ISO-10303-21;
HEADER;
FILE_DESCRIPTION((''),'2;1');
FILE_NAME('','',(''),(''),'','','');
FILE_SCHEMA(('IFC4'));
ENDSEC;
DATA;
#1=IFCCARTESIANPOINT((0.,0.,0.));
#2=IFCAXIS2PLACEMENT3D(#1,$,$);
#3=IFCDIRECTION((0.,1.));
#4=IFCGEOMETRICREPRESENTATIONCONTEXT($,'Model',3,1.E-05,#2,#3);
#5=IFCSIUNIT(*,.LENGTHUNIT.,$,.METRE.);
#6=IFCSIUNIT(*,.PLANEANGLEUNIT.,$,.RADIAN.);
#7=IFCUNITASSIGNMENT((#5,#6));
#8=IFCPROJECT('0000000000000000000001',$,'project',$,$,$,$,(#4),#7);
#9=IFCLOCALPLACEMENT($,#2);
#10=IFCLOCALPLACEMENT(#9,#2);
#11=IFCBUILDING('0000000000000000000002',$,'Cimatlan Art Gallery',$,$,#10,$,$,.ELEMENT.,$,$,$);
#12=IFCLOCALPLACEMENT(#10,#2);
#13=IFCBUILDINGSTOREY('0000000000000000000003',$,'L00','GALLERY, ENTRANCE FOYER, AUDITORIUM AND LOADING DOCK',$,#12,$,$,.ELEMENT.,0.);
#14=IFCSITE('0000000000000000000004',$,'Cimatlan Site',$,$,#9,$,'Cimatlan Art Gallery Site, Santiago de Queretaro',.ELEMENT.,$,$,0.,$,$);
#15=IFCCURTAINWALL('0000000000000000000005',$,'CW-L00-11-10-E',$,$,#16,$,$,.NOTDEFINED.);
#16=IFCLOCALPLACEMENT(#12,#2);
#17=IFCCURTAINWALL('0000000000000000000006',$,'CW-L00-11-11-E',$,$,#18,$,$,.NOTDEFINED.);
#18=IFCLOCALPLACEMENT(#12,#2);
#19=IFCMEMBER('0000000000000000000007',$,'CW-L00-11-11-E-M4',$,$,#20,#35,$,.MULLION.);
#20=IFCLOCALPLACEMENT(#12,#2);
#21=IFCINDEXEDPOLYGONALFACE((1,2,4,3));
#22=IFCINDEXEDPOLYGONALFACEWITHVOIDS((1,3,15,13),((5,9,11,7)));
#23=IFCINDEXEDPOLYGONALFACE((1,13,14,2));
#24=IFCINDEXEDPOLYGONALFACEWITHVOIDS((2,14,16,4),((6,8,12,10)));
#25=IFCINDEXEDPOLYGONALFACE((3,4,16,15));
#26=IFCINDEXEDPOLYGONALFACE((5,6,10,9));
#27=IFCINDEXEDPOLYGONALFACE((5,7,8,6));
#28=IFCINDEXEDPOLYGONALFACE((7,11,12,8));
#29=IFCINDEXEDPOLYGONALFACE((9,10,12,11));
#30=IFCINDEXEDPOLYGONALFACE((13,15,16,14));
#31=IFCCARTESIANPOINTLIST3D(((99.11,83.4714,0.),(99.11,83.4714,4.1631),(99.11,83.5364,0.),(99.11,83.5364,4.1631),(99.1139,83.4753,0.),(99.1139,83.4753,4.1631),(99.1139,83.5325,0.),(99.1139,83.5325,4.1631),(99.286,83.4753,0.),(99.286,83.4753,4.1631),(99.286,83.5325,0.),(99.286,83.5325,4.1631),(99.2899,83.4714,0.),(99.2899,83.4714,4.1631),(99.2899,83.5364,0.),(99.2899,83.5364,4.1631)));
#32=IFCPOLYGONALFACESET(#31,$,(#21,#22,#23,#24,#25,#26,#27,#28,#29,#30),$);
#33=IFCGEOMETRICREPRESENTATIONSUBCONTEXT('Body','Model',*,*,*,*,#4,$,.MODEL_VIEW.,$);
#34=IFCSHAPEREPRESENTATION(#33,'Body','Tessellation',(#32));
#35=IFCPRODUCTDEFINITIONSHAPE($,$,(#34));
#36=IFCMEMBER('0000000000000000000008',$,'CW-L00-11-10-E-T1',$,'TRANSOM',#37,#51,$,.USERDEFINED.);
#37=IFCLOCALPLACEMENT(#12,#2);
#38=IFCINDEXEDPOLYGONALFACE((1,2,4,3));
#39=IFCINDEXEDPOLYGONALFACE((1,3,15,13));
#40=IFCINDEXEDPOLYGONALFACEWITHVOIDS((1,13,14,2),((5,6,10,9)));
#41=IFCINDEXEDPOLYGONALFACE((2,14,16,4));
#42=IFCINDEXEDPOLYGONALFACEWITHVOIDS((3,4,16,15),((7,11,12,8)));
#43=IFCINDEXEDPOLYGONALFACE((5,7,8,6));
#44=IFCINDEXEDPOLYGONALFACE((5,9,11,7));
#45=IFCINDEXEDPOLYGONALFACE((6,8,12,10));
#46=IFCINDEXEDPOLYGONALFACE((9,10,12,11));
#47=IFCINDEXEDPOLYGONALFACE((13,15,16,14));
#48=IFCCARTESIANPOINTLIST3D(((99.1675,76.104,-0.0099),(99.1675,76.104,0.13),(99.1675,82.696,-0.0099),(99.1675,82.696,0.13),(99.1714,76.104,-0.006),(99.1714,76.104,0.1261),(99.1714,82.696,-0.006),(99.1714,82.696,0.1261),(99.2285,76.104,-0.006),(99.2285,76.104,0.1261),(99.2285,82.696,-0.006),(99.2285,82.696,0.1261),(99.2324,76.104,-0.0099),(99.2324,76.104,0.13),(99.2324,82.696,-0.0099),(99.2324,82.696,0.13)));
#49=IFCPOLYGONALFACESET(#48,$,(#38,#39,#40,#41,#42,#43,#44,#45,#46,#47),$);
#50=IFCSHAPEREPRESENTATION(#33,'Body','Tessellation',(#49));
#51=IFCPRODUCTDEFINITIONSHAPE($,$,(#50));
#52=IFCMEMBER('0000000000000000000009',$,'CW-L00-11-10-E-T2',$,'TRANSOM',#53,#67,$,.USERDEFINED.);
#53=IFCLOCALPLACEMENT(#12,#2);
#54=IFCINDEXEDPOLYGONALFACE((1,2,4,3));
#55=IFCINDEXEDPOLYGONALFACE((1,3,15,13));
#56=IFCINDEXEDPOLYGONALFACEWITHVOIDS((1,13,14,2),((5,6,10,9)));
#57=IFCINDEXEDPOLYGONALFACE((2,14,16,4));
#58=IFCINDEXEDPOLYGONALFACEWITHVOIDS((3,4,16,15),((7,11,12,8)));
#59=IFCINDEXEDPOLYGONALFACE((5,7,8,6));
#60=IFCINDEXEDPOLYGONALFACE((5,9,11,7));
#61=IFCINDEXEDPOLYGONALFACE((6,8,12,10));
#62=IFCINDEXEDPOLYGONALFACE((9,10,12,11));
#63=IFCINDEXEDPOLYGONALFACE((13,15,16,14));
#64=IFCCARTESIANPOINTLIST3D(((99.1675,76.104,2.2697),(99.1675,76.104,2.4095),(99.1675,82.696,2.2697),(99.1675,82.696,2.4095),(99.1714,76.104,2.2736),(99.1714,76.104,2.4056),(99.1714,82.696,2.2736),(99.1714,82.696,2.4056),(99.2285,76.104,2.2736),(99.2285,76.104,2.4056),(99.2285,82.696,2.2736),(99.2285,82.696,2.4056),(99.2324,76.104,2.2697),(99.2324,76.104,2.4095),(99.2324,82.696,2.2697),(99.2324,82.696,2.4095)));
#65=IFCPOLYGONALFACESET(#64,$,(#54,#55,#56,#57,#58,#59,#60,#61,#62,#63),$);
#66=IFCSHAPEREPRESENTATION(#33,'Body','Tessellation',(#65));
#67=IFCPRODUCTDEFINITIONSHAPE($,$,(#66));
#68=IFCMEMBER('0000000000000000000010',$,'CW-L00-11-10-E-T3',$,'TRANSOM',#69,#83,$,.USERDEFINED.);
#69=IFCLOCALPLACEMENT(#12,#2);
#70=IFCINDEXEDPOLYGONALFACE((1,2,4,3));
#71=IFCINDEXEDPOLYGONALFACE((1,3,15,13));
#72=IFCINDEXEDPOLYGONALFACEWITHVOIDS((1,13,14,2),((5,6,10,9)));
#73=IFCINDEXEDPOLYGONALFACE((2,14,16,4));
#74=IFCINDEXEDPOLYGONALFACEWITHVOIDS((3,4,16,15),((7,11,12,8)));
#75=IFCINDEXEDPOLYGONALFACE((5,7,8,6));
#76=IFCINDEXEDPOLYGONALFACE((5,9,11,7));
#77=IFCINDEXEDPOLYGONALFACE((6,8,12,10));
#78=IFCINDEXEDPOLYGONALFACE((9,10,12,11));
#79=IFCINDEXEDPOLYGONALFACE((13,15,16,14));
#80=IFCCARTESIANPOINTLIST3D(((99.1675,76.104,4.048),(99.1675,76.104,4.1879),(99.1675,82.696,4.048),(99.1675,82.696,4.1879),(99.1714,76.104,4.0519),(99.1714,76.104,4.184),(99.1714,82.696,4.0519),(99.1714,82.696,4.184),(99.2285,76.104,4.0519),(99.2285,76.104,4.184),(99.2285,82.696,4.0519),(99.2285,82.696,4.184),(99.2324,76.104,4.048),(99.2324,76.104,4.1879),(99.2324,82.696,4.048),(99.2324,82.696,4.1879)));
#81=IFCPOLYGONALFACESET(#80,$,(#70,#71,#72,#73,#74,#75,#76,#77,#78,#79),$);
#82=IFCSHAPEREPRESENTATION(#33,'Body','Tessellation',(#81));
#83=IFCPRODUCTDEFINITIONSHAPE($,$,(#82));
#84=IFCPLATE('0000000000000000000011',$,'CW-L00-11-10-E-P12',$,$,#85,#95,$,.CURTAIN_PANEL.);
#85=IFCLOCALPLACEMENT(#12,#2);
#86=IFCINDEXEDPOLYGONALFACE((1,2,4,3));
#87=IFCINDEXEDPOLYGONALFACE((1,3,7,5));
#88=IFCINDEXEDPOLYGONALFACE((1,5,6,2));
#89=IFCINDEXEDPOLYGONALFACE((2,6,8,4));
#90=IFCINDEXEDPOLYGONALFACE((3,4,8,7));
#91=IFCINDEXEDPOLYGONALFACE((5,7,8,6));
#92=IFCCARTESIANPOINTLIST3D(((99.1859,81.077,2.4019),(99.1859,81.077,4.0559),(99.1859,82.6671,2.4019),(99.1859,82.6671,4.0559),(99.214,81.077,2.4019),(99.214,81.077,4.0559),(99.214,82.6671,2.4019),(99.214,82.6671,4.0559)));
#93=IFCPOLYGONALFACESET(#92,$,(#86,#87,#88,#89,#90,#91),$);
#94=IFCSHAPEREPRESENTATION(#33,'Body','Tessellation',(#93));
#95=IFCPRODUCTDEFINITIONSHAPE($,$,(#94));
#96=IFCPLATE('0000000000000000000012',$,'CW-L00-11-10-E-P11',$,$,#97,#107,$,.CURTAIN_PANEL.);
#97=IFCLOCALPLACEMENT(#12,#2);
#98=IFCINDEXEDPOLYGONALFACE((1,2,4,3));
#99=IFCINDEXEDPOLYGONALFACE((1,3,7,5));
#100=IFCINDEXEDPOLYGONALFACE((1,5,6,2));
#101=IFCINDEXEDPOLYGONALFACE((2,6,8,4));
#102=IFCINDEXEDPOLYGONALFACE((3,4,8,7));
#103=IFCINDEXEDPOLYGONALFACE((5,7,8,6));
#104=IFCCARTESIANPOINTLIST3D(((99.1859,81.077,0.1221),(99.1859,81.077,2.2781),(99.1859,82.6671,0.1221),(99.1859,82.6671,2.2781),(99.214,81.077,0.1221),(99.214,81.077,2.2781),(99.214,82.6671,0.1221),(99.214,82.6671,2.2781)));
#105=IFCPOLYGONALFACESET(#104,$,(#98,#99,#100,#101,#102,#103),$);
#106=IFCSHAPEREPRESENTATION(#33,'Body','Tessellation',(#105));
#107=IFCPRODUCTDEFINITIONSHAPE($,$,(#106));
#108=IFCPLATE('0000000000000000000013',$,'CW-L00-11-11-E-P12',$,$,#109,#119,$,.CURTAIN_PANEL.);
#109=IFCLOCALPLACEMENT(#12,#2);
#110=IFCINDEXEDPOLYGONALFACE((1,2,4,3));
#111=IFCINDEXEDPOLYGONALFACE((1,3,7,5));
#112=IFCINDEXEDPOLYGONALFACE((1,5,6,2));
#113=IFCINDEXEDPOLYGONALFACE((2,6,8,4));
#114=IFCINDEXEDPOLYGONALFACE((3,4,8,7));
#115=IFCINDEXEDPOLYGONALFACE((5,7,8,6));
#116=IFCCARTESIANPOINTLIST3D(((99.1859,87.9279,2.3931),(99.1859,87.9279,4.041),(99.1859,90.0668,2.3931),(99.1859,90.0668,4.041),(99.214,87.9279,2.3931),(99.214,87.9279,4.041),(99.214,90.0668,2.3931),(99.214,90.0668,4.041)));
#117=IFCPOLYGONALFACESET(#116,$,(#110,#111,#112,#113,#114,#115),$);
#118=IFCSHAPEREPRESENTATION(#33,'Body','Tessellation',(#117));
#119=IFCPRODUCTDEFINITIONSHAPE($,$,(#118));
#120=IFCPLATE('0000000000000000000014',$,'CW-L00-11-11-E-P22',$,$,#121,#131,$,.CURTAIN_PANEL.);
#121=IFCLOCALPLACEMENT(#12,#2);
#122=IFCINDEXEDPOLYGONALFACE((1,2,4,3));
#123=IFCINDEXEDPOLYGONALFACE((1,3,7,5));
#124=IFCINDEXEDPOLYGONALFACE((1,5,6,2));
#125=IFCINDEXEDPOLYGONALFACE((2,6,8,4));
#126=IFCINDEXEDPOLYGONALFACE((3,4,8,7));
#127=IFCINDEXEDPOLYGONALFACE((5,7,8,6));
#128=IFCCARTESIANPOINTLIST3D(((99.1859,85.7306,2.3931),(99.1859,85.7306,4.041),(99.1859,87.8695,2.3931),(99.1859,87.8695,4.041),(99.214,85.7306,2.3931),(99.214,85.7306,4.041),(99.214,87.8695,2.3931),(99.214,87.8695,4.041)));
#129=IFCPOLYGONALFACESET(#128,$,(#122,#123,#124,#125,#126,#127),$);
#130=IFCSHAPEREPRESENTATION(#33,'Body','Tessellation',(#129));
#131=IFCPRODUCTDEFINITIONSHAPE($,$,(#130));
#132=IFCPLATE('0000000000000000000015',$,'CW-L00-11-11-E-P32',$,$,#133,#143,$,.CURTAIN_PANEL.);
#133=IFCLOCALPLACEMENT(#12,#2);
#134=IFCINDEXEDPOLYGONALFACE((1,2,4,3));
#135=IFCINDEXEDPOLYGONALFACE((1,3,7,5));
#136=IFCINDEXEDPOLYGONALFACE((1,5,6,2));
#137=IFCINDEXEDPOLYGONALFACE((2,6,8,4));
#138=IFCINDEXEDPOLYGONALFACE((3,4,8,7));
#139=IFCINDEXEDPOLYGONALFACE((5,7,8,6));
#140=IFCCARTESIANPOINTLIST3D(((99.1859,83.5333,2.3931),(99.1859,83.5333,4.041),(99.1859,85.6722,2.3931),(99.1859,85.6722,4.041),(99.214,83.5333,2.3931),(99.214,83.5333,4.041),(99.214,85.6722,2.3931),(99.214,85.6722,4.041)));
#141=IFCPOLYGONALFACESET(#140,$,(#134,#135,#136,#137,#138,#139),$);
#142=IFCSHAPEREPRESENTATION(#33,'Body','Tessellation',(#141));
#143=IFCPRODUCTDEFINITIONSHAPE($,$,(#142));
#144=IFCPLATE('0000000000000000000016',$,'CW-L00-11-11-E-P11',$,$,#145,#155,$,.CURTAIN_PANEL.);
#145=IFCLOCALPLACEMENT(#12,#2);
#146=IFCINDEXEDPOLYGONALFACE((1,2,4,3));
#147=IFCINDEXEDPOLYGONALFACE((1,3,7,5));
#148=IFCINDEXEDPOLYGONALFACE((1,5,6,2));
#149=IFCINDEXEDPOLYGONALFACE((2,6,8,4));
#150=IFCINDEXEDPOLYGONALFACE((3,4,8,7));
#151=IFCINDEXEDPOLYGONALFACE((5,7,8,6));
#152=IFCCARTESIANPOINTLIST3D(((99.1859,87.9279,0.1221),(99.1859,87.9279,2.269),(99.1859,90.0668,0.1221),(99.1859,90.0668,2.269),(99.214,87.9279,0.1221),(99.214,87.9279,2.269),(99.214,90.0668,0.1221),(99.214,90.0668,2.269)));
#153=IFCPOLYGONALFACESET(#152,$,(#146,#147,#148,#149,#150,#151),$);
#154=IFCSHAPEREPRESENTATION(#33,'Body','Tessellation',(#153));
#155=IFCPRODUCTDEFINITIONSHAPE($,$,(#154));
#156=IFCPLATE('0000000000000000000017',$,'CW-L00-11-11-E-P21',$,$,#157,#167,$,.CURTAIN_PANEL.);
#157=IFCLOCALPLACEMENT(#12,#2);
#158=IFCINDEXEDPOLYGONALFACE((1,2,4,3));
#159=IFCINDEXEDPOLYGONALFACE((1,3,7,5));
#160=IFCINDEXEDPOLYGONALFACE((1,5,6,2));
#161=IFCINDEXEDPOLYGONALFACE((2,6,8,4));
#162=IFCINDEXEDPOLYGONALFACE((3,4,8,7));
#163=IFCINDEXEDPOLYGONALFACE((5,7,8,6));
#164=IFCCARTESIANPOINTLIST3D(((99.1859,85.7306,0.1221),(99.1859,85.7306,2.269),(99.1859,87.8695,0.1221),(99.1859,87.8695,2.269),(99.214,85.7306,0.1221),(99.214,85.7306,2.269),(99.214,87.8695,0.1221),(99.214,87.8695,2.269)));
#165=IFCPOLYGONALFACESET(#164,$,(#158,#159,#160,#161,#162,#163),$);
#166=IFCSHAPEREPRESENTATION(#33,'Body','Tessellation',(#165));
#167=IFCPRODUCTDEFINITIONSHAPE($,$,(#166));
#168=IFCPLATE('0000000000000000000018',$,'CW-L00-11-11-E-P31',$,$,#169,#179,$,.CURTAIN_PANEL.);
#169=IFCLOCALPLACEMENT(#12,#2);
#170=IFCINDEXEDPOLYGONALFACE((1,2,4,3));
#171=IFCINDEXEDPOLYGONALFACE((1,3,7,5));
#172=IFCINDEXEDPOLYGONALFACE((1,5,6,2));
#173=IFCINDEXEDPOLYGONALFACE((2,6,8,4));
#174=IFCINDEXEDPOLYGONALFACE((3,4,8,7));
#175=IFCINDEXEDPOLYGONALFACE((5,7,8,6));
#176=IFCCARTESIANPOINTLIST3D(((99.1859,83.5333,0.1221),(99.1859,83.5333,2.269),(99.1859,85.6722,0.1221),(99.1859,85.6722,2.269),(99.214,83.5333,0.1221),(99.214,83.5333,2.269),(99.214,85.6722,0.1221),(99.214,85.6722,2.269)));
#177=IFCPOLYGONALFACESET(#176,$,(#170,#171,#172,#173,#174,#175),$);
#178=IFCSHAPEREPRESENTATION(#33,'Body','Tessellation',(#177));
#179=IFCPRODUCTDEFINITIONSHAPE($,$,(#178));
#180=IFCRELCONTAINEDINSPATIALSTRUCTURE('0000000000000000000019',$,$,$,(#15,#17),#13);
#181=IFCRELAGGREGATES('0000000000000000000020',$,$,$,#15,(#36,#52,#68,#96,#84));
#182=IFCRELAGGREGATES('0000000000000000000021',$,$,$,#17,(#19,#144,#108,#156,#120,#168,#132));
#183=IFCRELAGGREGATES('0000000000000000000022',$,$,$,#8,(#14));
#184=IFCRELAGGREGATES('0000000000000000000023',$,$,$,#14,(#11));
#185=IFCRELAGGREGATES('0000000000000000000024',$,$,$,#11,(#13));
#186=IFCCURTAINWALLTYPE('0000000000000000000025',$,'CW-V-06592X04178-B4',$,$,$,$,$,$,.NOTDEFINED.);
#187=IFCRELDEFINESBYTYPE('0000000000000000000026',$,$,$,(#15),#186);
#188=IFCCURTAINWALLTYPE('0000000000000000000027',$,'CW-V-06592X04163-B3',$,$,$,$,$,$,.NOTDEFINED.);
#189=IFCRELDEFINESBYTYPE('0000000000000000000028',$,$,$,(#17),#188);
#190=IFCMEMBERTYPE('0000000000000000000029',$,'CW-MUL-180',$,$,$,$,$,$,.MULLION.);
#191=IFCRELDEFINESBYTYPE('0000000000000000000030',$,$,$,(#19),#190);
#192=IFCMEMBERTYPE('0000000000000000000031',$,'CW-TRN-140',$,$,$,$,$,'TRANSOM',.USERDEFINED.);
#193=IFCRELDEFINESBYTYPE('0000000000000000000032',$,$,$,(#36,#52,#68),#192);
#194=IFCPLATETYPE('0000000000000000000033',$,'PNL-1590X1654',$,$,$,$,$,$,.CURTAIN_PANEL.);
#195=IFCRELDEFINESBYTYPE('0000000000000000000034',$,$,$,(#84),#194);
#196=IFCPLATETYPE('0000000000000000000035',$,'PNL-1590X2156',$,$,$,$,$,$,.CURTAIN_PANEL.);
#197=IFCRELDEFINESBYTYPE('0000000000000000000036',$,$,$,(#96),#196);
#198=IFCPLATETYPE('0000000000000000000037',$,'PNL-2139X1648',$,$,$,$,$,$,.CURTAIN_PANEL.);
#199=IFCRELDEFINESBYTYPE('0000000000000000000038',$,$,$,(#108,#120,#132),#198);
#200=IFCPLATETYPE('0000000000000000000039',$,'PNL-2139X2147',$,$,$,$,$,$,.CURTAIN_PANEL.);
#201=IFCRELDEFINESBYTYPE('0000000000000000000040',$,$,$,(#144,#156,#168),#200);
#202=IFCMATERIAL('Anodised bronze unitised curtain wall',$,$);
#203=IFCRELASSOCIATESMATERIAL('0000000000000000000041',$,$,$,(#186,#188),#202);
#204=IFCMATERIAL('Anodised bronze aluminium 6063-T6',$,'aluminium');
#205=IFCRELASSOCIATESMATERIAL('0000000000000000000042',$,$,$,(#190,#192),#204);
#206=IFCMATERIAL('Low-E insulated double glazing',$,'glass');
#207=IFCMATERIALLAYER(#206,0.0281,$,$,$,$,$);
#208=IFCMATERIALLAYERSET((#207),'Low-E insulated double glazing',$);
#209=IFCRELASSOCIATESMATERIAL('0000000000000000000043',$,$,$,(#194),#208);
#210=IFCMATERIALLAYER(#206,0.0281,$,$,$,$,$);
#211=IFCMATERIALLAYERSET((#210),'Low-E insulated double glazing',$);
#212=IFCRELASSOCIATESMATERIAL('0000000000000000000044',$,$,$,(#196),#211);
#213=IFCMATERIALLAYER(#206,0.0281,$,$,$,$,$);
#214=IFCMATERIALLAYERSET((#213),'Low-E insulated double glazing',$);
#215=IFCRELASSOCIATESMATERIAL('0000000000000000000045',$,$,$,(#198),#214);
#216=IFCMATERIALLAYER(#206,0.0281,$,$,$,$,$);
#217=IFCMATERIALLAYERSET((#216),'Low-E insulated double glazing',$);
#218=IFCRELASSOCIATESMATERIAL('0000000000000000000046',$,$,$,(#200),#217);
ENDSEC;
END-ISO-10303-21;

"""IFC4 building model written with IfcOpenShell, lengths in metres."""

from ifc_helpers import new_model, si_unit, direction, frame, origin, origin_2d, place, context, subcontext, project, spatial, rectangle, hollow_rectangle, extrude, material, layer, layer_set, material_profile, profile_set, type_object, element, aggregate, save


model = new_model("IFC4")

# Units and contexts
model_context = context("Model", 3, precision=1e-05, world=origin(), true_north=direction((0.0, 1.0)))
body_context = subcontext(model_context, "Body", "Model", "MODEL_VIEW")
ifc_project = project(units=[si_unit("LENGTHUNIT", "METRE"), si_unit("PLANEANGLEUNIT", "RADIAN")], contexts=[model_context])

# Site, building, storey
site_placement = place(None, origin())
site = spatial("IfcSite", under=ifc_project, at=site_placement, Name="Cimatlan Site", LongName="Cimatlan Art Gallery Site, Santiago de Queretaro", CompositionType="ELEMENT", RefElevation=0.0)
building_placement = place(site_placement, origin())
building = spatial("IfcBuilding", under=site, at=building_placement, Name="Cimatlan Art Gallery", CompositionType="ELEMENT")
storey_placement = place(building_placement, origin())
storey = spatial("IfcBuildingStorey", under=building, at=storey_placement, Name="L00", Description="GALLERY, ENTRANCE FOYER, AUDITORIUM AND LOADING DOCK", CompositionType="ELEMENT", Elevation=0.0)

# Curtain walls, member
ifc_material_1 = material(Name="Anodised bronze unitised curtain wall")
curtain_wall_type_1 = type_object("IfcCurtainWallType", Name="CW-V-06592X04178-B4", PredefinedType="NOTDEFINED", material=ifc_material_1)
curtain_wall_1_placement = place(storey_placement, origin())
curtain_wall_1 = element("IfcCurtainWall", 1, at=curtain_wall_1_placement, inside=storey, type_object=curtain_wall_type_1, Name="CW-L00-11-10-E", PredefinedType="NOTDEFINED")
ifc_material_2 = material(Name="Anodised bronze aluminium 6063-T6", Category="aluminium")
ifc_material_profile_1 = material_profile(ifc_material_2, hollow_rectangle(XDim=0.0649, YDim=0.1799, WallThickness=0.0039, at=origin_2d()), Name="ALU65X180X4")
ifc_profile_set_1 = profile_set([ifc_material_profile_1], Name="Anodised bronze aluminium 6063-T6")
member_type_1 = type_object("IfcMemberType", Name="CW-MUL-180", PredefinedType="MULLION", material=ifc_profile_set_1)
curtain_wall_type_2 = type_object("IfcCurtainWallType", Name="CW-V-06592X04163-B3", PredefinedType="NOTDEFINED", material=ifc_material_1)
curtain_wall_2_placement = place(storey_placement, origin())
curtain_wall_2 = element("IfcCurtainWall", 2, at=curtain_wall_2_placement, inside=storey, type_object=curtain_wall_type_2, Name="CW-L00-11-11-E", PredefinedType="NOTDEFINED")
member_1_placement = place(storey_placement, frame((99.2, 83.5039, 0.0), z_axis=(0.0, 0.0, 1.0), x_axis=(0.0, 1.0, 0.0)))
member_1 = element("IfcMember", 3, at=member_1_placement, type_object=member_type_1, Name="CW-L00-11-11-E-M4", PredefinedType="MULLION", context=body_context, shape_type="SweptSolid", body=[
    extrude(hollow_rectangle(XDim=0.0649, YDim=0.1799, WallThickness=0.0039, at=origin_2d()), origin(), (0.0, 0.0, 1.0), 4.1631),
])

# Members
ifc_material_profile_2 = material_profile(ifc_material_2, hollow_rectangle(XDim=0.0649, YDim=0.1399, WallThickness=0.0039, at=origin_2d()), Name="ALU65X140X4")
ifc_profile_set_2 = profile_set([ifc_material_profile_2], Name="Anodised bronze aluminium 6063-T6")
member_type_2 = type_object("IfcMemberType", Name="CW-TRN-140", ElementType="TRANSOM", PredefinedType="USERDEFINED", material=ifc_profile_set_2)
member_2_placement = place(storey_placement, frame((99.2, 82.696, 0.0601), z_axis=(0.0, -1.0, 0.0), x_axis=(1.0, 0.0, 0.0)))
member_2 = element("IfcMember", 4, at=member_2_placement, type_object=member_type_2, Name="CW-L00-11-10-E-T1", ObjectType="TRANSOM", PredefinedType="USERDEFINED", context=body_context, shape_type="SweptSolid", body=[
    extrude(hollow_rectangle(XDim=0.0649, YDim=0.1399, WallThickness=0.0039, at=origin_2d()), origin(), (0.0, 0.0, 1.0), 6.592),
])
member_3_placement = place(storey_placement, frame((99.2, 82.696, 2.3396), z_axis=(0.0, -1.0, 0.0), x_axis=(1.0, 0.0, 0.0)))
member_3 = element("IfcMember", 5, at=member_3_placement, type_object=member_type_2, Name="CW-L00-11-10-E-T2", ObjectType="TRANSOM", PredefinedType="USERDEFINED", context=body_context, shape_type="SweptSolid", body=[
    extrude(hollow_rectangle(XDim=0.0649, YDim=0.1399, WallThickness=0.0039, at=origin_2d()), origin(), (0.0, 0.0, 1.0), 6.592),
])
member_4_placement = place(storey_placement, frame((99.2, 82.696, 4.1179), z_axis=(0.0, -1.0, 0.0), x_axis=(1.0, 0.0, 0.0)))
member_4 = element("IfcMember", 6, at=member_4_placement, type_object=member_type_2, Name="CW-L00-11-10-E-T3", ObjectType="TRANSOM", PredefinedType="USERDEFINED", context=body_context, shape_type="SweptSolid", body=[
    extrude(hollow_rectangle(XDim=0.0649, YDim=0.1399, WallThickness=0.0039, at=origin_2d()), origin(), (0.0, 0.0, 1.0), 6.592),
])

# Plates
ifc_material_3 = material(Name="Low-E insulated double glazing", Category="glass")
ifc_layer_1 = layer(ifc_material_3, 0.0281)
ifc_layer_set_1 = layer_set([ifc_layer_1], Name="Low-E insulated double glazing")
plate_type_1 = type_object("IfcPlateType", Name="PNL-1590X1654", PredefinedType="CURTAIN_PANEL", material=ifc_layer_set_1)
plate_1_placement = place(storey_placement, frame((99.2, 81.8721, 2.4019), z_axis=(0.0, 0.0, 1.0), x_axis=(0.0, -1.0, 0.0)))
plate_1 = element("IfcPlate", 7, at=plate_1_placement, type_object=plate_type_1, Name="CW-L00-11-10-E-P12", PredefinedType="CURTAIN_PANEL", context=body_context, shape_type="SweptSolid", body=[
    extrude(rectangle(XDim=1.5901, YDim=0.0281, at=origin_2d()), origin(), (0.0, 0.0, 1.0), 1.6541),
])
ifc_layer_2 = layer(ifc_material_3, 0.0281)
ifc_layer_set_2 = layer_set([ifc_layer_2], Name="Low-E insulated double glazing")
plate_type_2 = type_object("IfcPlateType", Name="PNL-1590X2156", PredefinedType="CURTAIN_PANEL", material=ifc_layer_set_2)
plate_2_placement = place(storey_placement, frame((99.2, 81.8721, 0.1221), z_axis=(0.0, 0.0, 1.0), x_axis=(0.0, -1.0, 0.0)))
plate_2 = element("IfcPlate", 8, at=plate_2_placement, type_object=plate_type_2, Name="CW-L00-11-10-E-P11", PredefinedType="CURTAIN_PANEL", context=body_context, shape_type="SweptSolid", body=[
    extrude(rectangle(XDim=1.5901, YDim=0.0281, at=origin_2d()), origin(), (0.0, 0.0, 1.0), 2.156),
])
aggregate(curtain_wall_1, [member_2, member_3, member_4, plate_2, plate_1])
ifc_layer_3 = layer(ifc_material_3, 0.0281)
ifc_layer_set_3 = layer_set([ifc_layer_3], Name="Low-E insulated double glazing")
plate_type_3 = type_object("IfcPlateType", Name="PNL-2139X1648", PredefinedType="CURTAIN_PANEL", material=ifc_layer_set_3)
plate_3_placement = place(storey_placement, frame((99.2, 88.9973, 2.3931), z_axis=(0.0, 0.0, 1.0), x_axis=(0.0, -1.0, 0.0)))
plate_3 = element("IfcPlate", 9, at=plate_3_placement, type_object=plate_type_3, Name="CW-L00-11-11-E-P12", PredefinedType="CURTAIN_PANEL", context=body_context, shape_type="SweptSolid", body=[
    extrude(rectangle(XDim=2.1389, YDim=0.0281, at=origin_2d()), origin(), (0.0, 0.0, 1.0), 1.6479),
])
plate_4_placement = place(storey_placement, frame((99.2, 86.8, 2.3931), z_axis=(0.0, 0.0, 1.0), x_axis=(0.0, -1.0, 0.0)))
plate_4 = element("IfcPlate", 10, at=plate_4_placement, type_object=plate_type_3, Name="CW-L00-11-11-E-P22", PredefinedType="CURTAIN_PANEL", context=body_context, shape_type="SweptSolid", body=[
    extrude(rectangle(XDim=2.1389, YDim=0.0281, at=origin_2d()), origin(), (0.0, 0.0, 1.0), 1.6479),
])
plate_5_placement = place(storey_placement, frame((99.2, 84.6028, 2.3931), z_axis=(0.0, 0.0, 1.0), x_axis=(0.0, -1.0, 0.0)))
plate_5 = element("IfcPlate", 11, at=plate_5_placement, type_object=plate_type_3, Name="CW-L00-11-11-E-P32", PredefinedType="CURTAIN_PANEL", context=body_context, shape_type="SweptSolid", body=[
    extrude(rectangle(XDim=2.1389, YDim=0.0281, at=origin_2d()), origin(), (0.0, 0.0, 1.0), 1.6479),
])
ifc_layer_4 = layer(ifc_material_3, 0.0281)
ifc_layer_set_4 = layer_set([ifc_layer_4], Name="Low-E insulated double glazing")
plate_type_4 = type_object("IfcPlateType", Name="PNL-2139X2147", PredefinedType="CURTAIN_PANEL", material=ifc_layer_set_4)
plate_6_placement = place(storey_placement, frame((99.2, 88.9973, 0.1221), z_axis=(0.0, 0.0, 1.0), x_axis=(0.0, -1.0, 0.0)))
plate_6 = element("IfcPlate", 12, at=plate_6_placement, type_object=plate_type_4, Name="CW-L00-11-11-E-P11", PredefinedType="CURTAIN_PANEL", context=body_context, shape_type="SweptSolid", body=[
    extrude(rectangle(XDim=2.1389, YDim=0.0281, at=origin_2d()), origin(), (0.0, 0.0, 1.0), 2.147),
])
plate_7_placement = place(storey_placement, frame((99.2, 86.8, 0.1221), z_axis=(0.0, 0.0, 1.0), x_axis=(0.0, -1.0, 0.0)))
plate_7 = element("IfcPlate", 13, at=plate_7_placement, type_object=plate_type_4, Name="CW-L00-11-11-E-P21", PredefinedType="CURTAIN_PANEL", context=body_context, shape_type="SweptSolid", body=[
    extrude(rectangle(XDim=2.1389, YDim=0.0281, at=origin_2d()), origin(), (0.0, 0.0, 1.0), 2.147),
])
plate_8_placement = place(storey_placement, frame((99.2, 84.6028, 0.1221), z_axis=(0.0, 0.0, 1.0), x_axis=(0.0, -1.0, 0.0)))
plate_8 = element("IfcPlate", 14, at=plate_8_placement, type_object=plate_type_4, Name="CW-L00-11-11-E-P31", PredefinedType="CURTAIN_PANEL", context=body_context, shape_type="SweptSolid", body=[
    extrude(rectangle(XDim=2.1389, YDim=0.0281, at=origin_2d()), origin(), (0.0, 0.0, 1.0), 2.147),
])
aggregate(curtain_wall_2, [member_1, plate_6, plate_3, plate_7, plate_4, plate_8, plate_5])

save(model, "model.ifc")
